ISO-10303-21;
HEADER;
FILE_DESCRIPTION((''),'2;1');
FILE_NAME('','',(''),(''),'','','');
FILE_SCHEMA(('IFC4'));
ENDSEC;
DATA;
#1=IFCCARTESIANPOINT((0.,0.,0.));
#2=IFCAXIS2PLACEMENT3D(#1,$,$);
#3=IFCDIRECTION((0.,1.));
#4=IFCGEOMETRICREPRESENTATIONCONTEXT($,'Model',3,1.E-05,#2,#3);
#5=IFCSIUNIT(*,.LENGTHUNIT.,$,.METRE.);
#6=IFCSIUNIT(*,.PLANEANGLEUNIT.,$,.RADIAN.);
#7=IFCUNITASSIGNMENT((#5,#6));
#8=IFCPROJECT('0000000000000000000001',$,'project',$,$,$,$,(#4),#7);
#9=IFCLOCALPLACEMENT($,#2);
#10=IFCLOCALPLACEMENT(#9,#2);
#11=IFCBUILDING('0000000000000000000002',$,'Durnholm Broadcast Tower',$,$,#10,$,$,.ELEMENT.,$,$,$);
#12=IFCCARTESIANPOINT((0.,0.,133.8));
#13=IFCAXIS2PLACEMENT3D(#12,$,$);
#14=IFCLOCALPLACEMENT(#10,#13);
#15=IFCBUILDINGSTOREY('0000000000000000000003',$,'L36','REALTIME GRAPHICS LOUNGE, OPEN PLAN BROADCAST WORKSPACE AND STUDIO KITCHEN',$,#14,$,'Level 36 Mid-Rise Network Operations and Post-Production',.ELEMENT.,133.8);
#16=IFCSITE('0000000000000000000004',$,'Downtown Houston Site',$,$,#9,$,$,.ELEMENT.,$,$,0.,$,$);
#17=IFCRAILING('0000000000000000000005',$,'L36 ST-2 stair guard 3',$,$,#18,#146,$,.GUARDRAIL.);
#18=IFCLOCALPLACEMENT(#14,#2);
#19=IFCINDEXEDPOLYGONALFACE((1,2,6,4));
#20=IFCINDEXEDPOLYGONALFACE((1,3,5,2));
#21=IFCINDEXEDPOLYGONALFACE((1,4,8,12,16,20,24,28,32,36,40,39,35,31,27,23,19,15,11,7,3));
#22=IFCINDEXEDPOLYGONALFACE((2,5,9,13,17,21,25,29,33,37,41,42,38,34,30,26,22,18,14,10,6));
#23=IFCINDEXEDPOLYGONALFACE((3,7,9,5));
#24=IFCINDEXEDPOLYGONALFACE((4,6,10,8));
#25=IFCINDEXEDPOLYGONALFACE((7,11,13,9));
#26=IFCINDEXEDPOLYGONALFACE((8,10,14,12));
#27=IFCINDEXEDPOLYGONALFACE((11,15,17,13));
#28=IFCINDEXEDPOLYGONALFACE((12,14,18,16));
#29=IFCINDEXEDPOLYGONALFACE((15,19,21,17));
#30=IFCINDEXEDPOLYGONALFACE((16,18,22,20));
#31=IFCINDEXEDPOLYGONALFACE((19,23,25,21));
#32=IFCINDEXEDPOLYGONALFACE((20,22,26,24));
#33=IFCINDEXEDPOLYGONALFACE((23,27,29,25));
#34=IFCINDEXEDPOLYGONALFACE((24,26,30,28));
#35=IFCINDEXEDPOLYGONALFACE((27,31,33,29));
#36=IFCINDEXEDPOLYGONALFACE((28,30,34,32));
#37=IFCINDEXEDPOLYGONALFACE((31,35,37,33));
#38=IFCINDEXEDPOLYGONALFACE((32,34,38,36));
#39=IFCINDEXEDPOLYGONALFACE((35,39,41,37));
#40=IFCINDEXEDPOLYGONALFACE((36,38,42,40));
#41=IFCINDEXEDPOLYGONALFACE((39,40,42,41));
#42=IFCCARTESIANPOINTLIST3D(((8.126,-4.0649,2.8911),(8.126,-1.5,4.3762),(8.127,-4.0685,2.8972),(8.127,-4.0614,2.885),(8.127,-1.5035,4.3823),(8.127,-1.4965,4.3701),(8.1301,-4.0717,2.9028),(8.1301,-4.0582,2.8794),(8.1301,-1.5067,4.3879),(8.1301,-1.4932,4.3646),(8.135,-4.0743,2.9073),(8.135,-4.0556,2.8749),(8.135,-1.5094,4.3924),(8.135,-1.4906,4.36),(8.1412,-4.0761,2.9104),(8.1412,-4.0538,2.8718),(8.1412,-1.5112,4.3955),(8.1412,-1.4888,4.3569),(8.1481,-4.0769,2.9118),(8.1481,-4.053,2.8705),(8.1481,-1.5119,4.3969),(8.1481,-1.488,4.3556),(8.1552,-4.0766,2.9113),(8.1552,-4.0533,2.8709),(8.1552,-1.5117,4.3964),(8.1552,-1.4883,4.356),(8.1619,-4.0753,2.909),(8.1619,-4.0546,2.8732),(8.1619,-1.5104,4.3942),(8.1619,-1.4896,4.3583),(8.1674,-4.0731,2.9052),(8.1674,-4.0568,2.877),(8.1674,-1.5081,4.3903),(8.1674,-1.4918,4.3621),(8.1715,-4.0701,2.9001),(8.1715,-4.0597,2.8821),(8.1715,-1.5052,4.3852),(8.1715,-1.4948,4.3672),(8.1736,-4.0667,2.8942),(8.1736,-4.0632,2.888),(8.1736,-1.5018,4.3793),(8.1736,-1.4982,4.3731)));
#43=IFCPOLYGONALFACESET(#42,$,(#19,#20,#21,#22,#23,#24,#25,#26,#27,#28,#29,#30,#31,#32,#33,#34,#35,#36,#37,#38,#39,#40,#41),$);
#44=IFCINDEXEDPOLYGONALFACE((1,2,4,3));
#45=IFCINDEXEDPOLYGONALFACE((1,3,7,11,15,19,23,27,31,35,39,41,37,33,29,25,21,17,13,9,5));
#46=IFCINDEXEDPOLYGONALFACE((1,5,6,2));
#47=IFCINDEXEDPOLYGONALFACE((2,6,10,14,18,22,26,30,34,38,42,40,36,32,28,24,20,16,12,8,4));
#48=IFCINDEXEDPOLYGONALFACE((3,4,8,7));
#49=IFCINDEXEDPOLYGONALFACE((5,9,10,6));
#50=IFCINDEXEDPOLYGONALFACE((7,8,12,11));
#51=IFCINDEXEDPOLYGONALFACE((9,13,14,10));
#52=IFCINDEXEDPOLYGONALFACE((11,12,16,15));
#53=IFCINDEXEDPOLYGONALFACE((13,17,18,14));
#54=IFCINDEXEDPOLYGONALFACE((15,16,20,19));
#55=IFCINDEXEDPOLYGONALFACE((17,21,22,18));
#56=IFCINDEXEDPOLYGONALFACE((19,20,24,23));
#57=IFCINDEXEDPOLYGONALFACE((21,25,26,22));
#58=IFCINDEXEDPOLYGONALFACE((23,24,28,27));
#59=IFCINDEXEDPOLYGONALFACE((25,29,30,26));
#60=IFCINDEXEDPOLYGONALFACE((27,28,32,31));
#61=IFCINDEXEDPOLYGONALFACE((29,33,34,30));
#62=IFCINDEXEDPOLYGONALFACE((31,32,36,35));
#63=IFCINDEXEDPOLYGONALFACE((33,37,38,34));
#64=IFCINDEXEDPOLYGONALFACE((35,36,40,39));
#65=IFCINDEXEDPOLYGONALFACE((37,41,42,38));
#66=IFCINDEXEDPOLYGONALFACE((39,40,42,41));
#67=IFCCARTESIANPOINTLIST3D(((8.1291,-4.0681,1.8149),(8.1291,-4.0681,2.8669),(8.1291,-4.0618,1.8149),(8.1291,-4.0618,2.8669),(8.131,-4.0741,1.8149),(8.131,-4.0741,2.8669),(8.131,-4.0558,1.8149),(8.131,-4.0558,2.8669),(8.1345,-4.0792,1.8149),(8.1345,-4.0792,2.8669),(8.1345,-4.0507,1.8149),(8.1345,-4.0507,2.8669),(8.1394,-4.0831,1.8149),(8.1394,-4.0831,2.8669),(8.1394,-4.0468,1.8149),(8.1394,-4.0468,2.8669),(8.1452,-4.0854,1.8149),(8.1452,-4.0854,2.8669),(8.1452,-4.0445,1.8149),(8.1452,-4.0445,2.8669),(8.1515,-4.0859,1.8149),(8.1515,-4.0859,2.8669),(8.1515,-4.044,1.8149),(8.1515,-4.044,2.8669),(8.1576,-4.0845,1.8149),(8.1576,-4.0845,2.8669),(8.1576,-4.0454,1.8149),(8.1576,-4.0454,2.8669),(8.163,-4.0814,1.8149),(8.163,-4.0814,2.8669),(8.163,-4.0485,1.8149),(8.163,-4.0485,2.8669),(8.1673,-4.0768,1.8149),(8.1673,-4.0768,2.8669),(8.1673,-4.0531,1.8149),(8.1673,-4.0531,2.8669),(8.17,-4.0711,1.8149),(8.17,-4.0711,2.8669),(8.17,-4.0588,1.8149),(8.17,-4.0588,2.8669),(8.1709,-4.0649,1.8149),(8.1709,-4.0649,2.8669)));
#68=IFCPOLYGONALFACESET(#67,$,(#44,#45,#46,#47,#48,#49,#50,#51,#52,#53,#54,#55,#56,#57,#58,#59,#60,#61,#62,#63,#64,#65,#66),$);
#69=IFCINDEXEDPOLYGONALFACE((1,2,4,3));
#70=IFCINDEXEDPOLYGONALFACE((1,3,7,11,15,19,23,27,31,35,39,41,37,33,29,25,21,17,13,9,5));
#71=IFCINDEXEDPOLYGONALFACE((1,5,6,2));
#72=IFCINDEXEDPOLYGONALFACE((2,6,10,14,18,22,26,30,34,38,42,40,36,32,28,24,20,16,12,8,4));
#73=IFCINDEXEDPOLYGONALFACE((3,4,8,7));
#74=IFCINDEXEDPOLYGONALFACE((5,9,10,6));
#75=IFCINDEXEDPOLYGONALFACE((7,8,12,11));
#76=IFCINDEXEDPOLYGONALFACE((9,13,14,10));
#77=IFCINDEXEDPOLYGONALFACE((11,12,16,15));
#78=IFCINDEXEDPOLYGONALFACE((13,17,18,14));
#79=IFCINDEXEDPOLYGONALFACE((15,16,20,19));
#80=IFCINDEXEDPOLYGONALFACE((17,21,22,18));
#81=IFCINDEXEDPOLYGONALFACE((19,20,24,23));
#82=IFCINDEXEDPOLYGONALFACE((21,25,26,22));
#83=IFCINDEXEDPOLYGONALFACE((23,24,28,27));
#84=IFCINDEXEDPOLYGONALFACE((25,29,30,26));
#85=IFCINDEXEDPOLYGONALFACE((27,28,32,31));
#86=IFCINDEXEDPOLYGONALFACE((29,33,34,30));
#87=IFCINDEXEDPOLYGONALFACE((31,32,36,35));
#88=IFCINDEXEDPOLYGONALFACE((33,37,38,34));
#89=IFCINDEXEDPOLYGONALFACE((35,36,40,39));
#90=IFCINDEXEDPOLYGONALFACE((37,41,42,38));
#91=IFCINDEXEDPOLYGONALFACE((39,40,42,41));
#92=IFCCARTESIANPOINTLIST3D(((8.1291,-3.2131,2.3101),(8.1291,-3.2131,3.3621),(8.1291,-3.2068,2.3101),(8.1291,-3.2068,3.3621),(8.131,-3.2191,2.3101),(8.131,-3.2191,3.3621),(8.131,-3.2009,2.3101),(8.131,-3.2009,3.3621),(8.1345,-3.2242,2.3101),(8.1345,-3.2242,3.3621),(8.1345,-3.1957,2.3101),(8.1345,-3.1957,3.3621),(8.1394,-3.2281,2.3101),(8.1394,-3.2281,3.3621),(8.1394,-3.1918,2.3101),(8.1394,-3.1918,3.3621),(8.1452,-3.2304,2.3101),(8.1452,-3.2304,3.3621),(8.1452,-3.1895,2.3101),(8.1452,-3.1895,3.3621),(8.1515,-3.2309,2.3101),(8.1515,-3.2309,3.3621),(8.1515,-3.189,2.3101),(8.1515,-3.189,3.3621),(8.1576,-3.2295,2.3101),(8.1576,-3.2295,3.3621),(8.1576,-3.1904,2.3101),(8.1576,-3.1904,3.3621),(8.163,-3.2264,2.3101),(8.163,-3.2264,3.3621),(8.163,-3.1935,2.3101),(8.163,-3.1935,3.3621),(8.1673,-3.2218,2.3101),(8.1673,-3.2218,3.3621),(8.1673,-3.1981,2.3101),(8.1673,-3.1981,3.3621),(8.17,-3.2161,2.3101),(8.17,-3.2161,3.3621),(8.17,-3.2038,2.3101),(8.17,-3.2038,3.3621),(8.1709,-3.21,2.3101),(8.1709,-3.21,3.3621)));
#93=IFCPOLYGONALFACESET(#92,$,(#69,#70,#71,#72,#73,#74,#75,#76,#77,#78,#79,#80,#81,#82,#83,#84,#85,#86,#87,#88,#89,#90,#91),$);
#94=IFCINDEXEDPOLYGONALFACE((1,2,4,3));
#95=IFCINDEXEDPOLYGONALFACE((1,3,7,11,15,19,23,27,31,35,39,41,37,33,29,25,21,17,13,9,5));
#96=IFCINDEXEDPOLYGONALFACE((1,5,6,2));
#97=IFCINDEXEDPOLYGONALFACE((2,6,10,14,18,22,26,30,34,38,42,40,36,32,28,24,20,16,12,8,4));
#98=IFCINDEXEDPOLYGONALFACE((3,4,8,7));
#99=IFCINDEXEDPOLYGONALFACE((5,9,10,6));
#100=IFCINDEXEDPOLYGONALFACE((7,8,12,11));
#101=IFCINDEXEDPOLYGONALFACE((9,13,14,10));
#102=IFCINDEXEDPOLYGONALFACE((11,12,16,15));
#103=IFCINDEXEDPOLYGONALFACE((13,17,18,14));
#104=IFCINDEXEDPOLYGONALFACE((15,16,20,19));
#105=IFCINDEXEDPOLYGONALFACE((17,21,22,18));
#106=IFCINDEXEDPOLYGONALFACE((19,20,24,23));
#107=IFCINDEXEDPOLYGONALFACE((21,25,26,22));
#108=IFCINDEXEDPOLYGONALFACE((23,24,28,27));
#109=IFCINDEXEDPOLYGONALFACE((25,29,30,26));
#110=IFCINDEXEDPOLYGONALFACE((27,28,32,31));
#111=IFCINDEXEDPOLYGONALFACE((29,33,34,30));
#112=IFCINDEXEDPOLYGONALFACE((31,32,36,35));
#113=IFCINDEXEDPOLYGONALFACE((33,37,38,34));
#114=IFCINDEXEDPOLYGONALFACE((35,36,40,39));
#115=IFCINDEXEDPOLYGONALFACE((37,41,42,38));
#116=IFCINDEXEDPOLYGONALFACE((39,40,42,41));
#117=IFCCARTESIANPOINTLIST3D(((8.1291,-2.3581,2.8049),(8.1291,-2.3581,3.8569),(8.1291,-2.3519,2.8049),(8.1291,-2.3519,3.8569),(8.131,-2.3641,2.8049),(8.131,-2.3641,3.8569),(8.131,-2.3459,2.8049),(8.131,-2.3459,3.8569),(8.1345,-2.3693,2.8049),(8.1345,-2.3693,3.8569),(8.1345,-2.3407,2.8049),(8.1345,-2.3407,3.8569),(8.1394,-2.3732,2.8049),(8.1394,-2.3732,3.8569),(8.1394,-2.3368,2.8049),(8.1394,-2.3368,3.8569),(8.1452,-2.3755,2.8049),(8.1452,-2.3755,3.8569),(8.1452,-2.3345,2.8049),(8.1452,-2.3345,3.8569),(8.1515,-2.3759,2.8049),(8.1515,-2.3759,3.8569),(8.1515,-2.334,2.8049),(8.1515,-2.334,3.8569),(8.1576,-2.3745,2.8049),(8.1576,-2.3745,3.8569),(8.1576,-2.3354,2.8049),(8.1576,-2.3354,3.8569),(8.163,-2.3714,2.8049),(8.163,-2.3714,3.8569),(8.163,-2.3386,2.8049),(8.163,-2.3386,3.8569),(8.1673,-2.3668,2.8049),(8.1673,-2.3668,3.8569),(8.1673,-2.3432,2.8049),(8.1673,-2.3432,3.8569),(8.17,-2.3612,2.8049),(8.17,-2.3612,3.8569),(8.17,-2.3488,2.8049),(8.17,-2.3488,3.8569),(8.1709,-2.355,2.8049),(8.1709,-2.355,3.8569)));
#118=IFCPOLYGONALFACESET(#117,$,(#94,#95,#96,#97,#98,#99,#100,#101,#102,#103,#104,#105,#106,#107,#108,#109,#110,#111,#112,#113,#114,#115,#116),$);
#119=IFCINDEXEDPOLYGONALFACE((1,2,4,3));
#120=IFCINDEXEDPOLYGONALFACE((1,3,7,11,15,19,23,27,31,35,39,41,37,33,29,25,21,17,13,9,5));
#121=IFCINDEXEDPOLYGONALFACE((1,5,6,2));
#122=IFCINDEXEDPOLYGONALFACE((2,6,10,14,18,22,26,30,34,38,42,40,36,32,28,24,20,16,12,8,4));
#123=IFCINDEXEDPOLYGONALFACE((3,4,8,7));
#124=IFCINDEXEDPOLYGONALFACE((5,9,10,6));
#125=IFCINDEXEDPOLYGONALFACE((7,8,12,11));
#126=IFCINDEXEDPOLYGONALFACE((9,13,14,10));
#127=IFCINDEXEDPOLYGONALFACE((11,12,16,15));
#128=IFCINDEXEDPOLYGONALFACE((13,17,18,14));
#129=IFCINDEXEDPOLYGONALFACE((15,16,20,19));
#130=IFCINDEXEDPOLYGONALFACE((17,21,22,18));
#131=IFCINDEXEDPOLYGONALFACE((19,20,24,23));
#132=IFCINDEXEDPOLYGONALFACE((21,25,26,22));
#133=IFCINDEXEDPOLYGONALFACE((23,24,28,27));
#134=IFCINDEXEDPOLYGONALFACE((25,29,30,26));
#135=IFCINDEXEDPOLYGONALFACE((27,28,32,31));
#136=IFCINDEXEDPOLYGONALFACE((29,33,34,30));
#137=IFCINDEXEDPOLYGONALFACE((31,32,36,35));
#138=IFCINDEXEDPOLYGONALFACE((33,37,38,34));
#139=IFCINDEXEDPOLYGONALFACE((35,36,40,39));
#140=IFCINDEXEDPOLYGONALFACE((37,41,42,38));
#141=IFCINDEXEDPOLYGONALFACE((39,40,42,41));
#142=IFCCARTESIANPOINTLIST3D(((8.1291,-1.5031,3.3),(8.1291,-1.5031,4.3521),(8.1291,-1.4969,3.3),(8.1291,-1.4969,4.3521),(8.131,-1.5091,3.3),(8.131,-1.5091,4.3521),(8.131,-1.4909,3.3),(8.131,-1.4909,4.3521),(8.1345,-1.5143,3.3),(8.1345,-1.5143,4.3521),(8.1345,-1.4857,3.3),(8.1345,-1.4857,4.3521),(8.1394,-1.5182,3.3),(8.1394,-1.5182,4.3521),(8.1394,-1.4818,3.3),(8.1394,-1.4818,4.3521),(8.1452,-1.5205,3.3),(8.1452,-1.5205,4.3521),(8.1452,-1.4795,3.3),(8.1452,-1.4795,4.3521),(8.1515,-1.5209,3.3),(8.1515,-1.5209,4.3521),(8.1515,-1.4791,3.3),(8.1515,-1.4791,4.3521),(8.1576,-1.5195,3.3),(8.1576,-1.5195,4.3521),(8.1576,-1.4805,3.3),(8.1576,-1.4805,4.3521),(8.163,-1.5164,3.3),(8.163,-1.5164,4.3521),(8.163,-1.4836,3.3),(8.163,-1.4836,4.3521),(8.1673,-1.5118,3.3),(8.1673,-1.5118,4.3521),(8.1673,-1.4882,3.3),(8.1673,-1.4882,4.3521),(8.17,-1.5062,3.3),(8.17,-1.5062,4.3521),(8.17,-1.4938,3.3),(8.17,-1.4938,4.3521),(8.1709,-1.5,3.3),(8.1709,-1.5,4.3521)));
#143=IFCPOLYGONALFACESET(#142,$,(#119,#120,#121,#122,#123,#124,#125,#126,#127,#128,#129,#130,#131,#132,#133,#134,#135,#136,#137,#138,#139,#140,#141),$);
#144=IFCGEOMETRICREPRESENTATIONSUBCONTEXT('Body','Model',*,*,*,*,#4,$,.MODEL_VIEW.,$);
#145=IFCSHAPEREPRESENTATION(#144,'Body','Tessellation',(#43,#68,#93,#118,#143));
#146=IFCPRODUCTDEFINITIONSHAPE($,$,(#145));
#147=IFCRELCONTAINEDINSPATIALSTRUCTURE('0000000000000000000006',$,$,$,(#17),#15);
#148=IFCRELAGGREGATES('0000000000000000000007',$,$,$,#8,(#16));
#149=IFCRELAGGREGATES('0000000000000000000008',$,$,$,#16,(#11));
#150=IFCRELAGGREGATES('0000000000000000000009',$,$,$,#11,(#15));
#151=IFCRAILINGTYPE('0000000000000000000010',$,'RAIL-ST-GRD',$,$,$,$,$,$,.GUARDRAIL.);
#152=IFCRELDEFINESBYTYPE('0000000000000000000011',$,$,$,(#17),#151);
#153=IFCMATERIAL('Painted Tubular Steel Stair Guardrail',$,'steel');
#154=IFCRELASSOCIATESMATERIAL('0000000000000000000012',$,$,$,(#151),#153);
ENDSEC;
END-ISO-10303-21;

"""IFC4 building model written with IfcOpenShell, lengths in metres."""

from ifc_helpers import new_model, si_unit, direction, frame, origin, origin_2d, place, context, subcontext, project, spatial, circle, extrude, material, type_object, element, save


model = new_model("IFC4")

# Units and contexts
model_context = context("Model", 3, precision=1e-05, world=origin(), true_north=direction((0.0, 1.0)))
body_context = subcontext(model_context, "Body", "Model", "MODEL_VIEW")
ifc_project = project(units=[si_unit("LENGTHUNIT", "METRE"), si_unit("PLANEANGLEUNIT", "RADIAN")], contexts=[model_context])

# Site, building, storey
site_placement = place(None, origin())
site = spatial("IfcSite", under=ifc_project, at=site_placement, Name="Downtown Houston Site", CompositionType="ELEMENT", RefElevation=0.0)
building_placement = place(site_placement, origin())
building = spatial("IfcBuilding", under=site, at=building_placement, Name="Durnholm Broadcast Tower", CompositionType="ELEMENT")
storey_placement = place(building_placement, frame((0.0, 0.0, 133.8)))
storey = spatial("IfcBuildingStorey", under=building, at=storey_placement, Name="L36", Description="REALTIME GRAPHICS LOUNGE, OPEN PLAN BROADCAST WORKSPACE AND STUDIO KITCHEN", LongName="Level 36 Mid-Rise Network Operations and Post-Production", CompositionType="ELEMENT", Elevation=133.8)

# Railing
ifc_material_1 = material(Name="Painted Tubular Steel Stair Guardrail", Category="steel")
railing_type_1 = type_object("IfcRailingType", Name="RAIL-ST-GRD", PredefinedType="GUARDRAIL", material=ifc_material_1)
railing_1_placement = place(storey_placement, frame((8.1499, -4.0649, 1.8149)))
element("IfcRailing", 1, at=railing_1_placement, inside=storey, type_object=railing_type_1, Name="L36 ST-2 stair guard 3", PredefinedType="GUARDRAIL", context=body_context, shape_type="SweptSolid", body=[
    extrude(circle(Radius=0.0239, at=origin_2d()), frame((0.0, 0.0, 1.0762), z_axis=(0.0, 0.865406, 0.501072), x_axis=(-1.0, 0.0, 0.0)), (0.0, 0.0, 1.0), 2.9639),
    extrude(circle(Radius=0.021, at=origin_2d()), origin(), (0.0, 0.0, 1.0), 1.052),
    extrude(circle(Radius=0.021, at=origin_2d()), frame((0.0, 0.855, 0.4951)), (0.0, 0.0, 1.0), 1.052),
    extrude(circle(Radius=0.021, at=origin_2d()), frame((0.0, 1.71, 0.99)), (0.0, 0.0, 1.0), 1.052),
    extrude(circle(Radius=0.021, at=origin_2d()), frame((0.0, 2.5649, 1.4851)), (0.0, 0.0, 1.0), 1.052),
])

save(model, "model.ifc")
